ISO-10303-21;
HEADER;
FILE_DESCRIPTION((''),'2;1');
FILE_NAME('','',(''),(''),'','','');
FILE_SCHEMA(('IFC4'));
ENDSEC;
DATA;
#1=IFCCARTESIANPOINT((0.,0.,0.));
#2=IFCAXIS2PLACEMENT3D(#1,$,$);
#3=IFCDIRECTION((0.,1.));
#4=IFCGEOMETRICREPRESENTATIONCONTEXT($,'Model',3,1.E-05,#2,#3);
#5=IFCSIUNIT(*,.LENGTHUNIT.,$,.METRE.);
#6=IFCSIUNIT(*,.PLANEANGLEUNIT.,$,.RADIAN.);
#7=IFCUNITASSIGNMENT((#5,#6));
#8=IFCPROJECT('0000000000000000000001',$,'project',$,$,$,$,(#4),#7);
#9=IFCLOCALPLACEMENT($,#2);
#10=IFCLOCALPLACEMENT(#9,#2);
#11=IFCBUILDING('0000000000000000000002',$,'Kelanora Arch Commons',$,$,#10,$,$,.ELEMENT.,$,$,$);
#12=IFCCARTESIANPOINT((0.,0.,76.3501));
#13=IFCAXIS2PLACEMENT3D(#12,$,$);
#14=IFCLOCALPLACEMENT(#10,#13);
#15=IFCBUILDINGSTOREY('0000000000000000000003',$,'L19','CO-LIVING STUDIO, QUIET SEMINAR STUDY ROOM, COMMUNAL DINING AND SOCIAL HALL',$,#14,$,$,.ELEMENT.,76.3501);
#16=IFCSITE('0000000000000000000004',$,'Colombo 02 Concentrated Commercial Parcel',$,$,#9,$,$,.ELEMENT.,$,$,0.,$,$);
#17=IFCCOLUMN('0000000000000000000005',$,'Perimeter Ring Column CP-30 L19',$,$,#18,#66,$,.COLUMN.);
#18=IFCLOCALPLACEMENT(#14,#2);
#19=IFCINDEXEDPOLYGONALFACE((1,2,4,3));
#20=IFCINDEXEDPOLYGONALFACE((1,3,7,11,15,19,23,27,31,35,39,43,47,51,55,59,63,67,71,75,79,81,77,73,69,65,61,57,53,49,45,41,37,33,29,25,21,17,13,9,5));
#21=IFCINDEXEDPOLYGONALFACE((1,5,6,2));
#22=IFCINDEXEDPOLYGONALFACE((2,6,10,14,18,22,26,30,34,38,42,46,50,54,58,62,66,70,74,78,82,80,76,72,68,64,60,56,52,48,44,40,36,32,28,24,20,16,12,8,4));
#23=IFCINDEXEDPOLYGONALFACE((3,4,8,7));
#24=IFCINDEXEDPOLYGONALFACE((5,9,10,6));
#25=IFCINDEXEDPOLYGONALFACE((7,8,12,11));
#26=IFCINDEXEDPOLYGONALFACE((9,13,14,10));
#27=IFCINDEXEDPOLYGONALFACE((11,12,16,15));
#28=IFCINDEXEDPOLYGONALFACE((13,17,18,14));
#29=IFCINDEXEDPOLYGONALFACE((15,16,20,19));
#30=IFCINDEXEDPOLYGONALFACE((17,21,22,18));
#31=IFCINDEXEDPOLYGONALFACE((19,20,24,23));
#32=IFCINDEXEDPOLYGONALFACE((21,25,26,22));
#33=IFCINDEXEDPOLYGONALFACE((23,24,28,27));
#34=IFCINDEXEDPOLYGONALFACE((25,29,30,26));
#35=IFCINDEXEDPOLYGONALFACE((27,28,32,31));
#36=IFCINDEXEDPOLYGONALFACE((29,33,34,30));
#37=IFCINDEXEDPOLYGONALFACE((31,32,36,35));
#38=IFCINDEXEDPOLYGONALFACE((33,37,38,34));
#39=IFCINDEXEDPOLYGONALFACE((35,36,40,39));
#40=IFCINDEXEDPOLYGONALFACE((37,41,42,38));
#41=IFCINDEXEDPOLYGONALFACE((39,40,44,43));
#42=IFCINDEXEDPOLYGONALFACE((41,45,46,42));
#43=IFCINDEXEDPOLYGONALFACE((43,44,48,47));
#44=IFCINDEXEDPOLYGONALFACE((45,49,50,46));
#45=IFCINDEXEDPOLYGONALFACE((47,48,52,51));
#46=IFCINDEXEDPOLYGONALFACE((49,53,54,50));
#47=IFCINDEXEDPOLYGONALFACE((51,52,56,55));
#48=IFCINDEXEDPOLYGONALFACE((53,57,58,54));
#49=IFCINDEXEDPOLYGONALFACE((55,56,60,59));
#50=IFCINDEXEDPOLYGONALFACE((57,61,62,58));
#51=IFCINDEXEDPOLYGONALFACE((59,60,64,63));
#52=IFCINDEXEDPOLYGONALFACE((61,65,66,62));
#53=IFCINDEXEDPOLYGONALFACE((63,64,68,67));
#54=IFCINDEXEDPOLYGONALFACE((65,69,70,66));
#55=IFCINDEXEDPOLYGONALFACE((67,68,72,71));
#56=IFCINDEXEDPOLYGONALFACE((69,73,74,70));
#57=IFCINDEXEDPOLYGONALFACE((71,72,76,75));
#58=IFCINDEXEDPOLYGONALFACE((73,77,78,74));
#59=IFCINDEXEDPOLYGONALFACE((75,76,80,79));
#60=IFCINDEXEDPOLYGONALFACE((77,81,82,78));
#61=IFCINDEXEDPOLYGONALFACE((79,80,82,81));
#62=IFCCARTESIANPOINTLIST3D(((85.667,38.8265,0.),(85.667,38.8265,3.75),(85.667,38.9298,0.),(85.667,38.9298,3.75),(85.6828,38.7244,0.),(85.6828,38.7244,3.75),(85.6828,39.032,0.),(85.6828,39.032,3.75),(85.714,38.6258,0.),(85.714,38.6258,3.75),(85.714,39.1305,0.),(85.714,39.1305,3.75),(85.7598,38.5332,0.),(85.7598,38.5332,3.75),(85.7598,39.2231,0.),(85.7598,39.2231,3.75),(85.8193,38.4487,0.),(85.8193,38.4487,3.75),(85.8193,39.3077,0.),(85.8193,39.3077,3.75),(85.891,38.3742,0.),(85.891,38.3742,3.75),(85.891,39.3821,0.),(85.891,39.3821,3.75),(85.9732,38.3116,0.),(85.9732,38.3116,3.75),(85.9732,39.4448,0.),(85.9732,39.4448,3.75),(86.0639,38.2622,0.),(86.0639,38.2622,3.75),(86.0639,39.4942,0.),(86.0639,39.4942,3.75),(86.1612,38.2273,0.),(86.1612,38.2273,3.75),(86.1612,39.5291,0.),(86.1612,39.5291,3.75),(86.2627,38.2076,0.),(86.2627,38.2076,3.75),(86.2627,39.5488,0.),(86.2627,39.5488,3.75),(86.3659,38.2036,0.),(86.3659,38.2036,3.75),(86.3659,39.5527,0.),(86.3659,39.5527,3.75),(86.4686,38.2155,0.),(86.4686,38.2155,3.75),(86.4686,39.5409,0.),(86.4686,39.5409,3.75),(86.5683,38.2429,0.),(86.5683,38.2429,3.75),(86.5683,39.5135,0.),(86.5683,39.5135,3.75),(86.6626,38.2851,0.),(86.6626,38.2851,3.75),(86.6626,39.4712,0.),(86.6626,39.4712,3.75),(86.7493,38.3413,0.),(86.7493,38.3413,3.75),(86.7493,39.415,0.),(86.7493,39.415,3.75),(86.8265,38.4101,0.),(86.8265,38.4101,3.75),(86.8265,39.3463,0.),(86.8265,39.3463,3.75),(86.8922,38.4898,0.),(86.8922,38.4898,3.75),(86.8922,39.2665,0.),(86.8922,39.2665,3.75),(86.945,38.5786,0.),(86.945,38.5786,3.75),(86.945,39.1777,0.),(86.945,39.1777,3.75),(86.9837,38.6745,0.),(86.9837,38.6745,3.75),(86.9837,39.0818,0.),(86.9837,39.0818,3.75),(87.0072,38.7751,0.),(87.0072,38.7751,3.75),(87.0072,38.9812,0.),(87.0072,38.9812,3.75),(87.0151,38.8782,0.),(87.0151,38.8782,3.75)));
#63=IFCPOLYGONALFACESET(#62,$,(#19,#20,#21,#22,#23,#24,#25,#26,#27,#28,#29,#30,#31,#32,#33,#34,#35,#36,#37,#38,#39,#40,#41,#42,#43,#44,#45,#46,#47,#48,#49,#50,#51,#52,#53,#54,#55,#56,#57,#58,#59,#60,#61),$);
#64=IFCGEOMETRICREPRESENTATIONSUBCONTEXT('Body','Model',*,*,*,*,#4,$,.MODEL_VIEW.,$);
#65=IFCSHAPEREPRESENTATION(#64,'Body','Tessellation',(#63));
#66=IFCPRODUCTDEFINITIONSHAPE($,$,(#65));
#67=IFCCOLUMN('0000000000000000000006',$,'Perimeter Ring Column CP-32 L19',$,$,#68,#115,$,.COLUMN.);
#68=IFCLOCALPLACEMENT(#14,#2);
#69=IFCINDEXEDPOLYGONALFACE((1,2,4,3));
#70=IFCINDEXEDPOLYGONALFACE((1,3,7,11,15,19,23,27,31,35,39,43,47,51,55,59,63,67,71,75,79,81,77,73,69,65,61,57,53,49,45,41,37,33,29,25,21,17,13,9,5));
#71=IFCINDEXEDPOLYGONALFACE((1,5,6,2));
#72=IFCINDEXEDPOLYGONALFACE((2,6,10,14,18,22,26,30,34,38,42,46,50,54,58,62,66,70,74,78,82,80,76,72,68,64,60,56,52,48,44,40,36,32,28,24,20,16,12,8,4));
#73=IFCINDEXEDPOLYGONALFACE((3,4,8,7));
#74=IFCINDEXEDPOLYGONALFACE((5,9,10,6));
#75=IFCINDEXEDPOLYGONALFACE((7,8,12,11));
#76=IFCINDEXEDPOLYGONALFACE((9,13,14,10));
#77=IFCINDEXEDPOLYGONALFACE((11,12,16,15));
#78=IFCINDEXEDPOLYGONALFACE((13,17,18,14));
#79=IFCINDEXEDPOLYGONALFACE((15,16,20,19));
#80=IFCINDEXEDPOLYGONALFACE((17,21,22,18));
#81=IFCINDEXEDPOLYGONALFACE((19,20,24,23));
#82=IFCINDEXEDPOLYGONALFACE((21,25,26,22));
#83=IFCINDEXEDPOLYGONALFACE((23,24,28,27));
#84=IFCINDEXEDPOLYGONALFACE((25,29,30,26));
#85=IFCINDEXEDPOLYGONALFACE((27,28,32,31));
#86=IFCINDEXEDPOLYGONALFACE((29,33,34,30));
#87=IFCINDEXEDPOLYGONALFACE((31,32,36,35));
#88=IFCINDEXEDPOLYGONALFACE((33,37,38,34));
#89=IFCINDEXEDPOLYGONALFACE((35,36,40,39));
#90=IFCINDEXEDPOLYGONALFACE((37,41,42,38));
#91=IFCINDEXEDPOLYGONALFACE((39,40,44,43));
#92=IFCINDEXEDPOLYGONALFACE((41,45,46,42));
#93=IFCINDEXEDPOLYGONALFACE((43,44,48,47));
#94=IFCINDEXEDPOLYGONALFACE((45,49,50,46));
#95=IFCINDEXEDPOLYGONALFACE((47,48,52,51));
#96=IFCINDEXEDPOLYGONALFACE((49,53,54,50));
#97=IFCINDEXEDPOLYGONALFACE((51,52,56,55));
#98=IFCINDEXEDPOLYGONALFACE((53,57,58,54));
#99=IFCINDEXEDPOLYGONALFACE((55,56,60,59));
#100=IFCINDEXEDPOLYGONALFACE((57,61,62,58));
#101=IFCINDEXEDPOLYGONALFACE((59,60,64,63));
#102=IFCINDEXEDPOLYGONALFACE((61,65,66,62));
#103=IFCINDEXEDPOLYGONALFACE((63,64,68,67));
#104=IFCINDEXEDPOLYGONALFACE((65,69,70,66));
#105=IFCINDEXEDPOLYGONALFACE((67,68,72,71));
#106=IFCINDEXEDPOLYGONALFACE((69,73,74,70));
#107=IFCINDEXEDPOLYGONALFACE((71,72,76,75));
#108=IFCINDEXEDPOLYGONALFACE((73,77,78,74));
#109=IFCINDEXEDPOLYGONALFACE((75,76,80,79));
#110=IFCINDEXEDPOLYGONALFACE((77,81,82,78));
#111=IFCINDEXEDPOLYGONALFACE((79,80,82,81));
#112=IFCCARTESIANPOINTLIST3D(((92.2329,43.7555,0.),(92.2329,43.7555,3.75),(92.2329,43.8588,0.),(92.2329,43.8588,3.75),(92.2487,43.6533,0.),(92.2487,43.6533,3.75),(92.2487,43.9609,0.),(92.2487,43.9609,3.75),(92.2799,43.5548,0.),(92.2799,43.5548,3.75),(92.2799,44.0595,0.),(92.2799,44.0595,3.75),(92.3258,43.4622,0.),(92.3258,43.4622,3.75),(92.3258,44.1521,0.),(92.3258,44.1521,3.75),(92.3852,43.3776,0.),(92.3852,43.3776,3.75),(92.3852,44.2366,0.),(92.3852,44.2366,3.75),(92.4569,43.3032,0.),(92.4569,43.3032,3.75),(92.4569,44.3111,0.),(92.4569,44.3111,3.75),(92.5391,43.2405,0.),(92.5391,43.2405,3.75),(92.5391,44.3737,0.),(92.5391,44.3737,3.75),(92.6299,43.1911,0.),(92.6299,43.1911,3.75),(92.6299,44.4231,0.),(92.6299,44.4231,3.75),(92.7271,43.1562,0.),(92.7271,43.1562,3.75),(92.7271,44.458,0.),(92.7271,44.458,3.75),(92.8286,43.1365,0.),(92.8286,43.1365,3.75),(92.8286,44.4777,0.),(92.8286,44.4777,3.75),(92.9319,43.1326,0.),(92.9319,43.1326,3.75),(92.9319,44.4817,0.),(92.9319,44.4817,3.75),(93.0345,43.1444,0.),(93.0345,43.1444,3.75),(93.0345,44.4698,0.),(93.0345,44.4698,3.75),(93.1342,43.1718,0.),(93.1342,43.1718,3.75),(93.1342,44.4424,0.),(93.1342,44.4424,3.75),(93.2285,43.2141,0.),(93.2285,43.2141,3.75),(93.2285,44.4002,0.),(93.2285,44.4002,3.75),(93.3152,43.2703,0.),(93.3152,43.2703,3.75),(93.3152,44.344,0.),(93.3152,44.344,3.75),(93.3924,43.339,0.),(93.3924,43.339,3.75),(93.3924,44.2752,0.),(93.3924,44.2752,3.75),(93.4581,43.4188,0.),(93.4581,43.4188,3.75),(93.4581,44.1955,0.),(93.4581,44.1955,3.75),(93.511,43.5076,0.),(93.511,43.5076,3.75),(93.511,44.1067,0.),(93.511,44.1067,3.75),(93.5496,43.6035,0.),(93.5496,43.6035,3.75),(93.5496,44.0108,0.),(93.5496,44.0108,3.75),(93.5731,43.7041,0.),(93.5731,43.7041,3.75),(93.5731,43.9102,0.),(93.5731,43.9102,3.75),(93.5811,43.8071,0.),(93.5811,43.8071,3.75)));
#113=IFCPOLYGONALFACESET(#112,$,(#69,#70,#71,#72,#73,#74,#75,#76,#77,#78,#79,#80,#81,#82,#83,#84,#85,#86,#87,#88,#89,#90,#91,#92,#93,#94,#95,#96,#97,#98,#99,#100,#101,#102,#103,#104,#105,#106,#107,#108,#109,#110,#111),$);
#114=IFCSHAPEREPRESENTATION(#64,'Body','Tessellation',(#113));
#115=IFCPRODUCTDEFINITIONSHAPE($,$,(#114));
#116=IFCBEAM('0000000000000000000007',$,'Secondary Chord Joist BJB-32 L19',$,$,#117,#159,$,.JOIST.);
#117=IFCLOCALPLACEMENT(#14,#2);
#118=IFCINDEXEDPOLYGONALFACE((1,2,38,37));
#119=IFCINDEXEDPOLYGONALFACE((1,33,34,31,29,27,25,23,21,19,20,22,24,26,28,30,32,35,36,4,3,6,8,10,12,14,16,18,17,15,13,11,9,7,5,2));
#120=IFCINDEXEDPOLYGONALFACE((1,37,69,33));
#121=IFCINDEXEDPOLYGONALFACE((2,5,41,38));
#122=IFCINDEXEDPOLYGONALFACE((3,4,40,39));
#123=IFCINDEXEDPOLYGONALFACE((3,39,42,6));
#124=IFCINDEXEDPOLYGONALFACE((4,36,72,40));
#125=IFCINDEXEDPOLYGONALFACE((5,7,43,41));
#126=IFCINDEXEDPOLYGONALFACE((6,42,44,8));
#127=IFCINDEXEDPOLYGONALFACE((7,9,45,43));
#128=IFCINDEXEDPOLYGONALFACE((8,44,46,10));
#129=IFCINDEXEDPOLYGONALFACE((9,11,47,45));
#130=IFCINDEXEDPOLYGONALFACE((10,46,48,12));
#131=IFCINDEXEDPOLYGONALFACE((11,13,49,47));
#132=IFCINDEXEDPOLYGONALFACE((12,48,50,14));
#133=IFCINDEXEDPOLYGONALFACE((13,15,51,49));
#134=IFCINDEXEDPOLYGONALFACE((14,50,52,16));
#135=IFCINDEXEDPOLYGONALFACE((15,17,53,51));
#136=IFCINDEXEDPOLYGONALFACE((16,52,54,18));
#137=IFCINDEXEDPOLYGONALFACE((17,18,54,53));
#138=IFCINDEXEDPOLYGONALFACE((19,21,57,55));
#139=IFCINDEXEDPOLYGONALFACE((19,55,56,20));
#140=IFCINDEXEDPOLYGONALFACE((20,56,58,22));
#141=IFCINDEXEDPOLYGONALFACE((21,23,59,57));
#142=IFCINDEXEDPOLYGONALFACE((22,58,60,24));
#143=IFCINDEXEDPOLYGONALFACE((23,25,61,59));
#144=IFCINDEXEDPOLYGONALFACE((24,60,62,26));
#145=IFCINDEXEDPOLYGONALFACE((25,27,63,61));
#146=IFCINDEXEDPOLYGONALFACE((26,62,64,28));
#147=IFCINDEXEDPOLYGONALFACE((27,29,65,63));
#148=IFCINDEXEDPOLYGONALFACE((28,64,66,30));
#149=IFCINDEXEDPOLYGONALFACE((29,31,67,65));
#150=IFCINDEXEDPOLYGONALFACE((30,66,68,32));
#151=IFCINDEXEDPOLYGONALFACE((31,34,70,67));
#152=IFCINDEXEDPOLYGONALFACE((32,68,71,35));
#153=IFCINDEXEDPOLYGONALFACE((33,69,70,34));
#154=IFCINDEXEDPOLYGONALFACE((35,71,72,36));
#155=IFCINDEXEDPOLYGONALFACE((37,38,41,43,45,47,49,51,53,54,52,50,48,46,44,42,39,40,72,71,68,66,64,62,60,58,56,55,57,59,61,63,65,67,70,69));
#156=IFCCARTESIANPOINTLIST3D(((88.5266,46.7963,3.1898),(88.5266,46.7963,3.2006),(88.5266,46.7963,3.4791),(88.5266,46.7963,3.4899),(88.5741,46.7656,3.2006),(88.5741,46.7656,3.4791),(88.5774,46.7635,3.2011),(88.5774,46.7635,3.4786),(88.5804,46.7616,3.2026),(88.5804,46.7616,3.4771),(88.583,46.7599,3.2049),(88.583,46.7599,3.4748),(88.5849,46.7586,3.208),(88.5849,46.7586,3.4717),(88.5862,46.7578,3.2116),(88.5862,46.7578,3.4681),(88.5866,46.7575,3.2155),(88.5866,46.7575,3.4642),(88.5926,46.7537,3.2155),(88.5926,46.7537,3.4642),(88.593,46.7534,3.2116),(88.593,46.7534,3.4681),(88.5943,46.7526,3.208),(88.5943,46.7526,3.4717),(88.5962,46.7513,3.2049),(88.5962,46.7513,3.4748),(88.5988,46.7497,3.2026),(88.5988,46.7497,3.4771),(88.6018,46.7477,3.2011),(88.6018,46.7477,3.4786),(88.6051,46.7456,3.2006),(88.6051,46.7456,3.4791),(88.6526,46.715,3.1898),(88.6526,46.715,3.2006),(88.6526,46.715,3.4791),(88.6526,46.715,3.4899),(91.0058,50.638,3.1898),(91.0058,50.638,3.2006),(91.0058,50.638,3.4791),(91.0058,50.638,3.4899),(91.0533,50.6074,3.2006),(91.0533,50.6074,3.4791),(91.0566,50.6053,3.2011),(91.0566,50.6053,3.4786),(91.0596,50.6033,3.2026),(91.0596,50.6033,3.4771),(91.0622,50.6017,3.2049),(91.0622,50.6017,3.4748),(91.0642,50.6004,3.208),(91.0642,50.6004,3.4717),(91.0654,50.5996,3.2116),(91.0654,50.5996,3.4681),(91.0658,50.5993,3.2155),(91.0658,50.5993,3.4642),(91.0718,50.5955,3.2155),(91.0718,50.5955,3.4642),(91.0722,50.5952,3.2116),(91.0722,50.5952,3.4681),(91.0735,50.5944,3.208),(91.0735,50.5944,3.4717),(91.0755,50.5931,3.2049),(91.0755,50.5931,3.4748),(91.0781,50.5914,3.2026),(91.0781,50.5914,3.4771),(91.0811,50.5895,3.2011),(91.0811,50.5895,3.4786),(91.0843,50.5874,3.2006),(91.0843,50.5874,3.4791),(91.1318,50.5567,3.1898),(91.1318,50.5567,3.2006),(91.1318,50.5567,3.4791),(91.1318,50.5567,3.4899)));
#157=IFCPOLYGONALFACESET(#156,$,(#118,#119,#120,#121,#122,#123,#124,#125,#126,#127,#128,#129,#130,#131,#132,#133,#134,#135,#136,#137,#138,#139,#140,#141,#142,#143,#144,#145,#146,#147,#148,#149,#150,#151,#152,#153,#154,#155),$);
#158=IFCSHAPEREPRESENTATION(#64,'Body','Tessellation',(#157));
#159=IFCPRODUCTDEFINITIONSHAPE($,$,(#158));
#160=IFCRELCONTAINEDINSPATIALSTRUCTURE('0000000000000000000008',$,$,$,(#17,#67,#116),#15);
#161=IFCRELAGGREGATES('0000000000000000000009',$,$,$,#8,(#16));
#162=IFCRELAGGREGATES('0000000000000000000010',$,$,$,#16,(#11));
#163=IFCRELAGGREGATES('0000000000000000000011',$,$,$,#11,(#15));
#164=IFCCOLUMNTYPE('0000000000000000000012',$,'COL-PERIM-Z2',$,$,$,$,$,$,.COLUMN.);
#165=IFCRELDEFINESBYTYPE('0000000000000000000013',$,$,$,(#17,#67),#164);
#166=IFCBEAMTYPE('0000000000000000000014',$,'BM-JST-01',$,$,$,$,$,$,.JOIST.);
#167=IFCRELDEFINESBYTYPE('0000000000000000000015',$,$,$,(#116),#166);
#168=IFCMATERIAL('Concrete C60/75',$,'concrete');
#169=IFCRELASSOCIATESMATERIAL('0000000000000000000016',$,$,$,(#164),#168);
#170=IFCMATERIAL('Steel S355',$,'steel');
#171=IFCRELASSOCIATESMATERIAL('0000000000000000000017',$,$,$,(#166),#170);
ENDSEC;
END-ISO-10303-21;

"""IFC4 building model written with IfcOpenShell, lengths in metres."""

from ifc_helpers import new_model, si_unit, direction, frame, origin, origin_2d, place, context, subcontext, project, spatial, circle, i_section, extrude, material, material_profile, profile_set, type_object, element, save


model = new_model("IFC4")

# Units and contexts
model_context = context("Model", 3, precision=1e-05, world=origin(), true_north=direction((0.0, 1.0)))
body_context = subcontext(model_context, "Body", "Model", "MODEL_VIEW")
ifc_project = project(units=[si_unit("LENGTHUNIT", "METRE"), si_unit("PLANEANGLEUNIT", "RADIAN")], contexts=[model_context])

# Site, building, storey
site_placement = place(None, origin())
site = spatial("IfcSite", under=ifc_project, at=site_placement, Name="Colombo 02 Concentrated Commercial Parcel", CompositionType="ELEMENT", RefElevation=0.0)
building_placement = place(site_placement, origin())
building = spatial("IfcBuilding", under=site, at=building_placement, Name="Kelanora Arch Commons", CompositionType="ELEMENT")
storey_placement = place(building_placement, frame((0.0, 0.0, 76.3501)))
storey = spatial("IfcBuildingStorey", under=building, at=storey_placement, Name="L19", Description="CO-LIVING STUDIO, QUIET SEMINAR STUDY ROOM, COMMUNAL DINING AND SOCIAL HALL", CompositionType="ELEMENT", Elevation=76.3501)

# Columns
ifc_material_1 = material(Name="Concrete C60/75", Category="concrete")
ifc_material_profile_1 = material_profile(ifc_material_1, circle(Radius=0.675, at=origin_2d()), Name="RCC1350")
ifc_profile_set_1 = profile_set([ifc_material_profile_1], Name="Concrete C60/75")
column_type = type_object("IfcColumnType", Name="COL-PERIM-Z2", PredefinedType="COLUMN", material=ifc_profile_set_1)
for number, where, z_axis, x_axis, name in (
    (1, (86.3401, 38.8782, 0.0), (0.0, 0.0, 1.0), (1.0, 0.0, 0.0), "Perimeter Ring Column CP-30 L19"),
    (2, (92.906, 43.8071, 0.0), (0.0, 0.0, 1.0), (1.0, 0.0, 0.0), "Perimeter Ring Column CP-32 L19"),
):
    element("IfcColumn", number, at=place(storey_placement, frame(where, z_axis=z_axis, x_axis=x_axis)), inside=storey, type_object=column_type, Name=name, PredefinedType="COLUMN", context=body_context, shape_type="SweptSolid", body=[
        extrude(circle(Radius=0.675, at=origin_2d()), origin(), (0.0, 0.0, 1.0), 3.75),
    ])

# Beam
ifc_material_2 = material(Name="Steel S355", Category="steel")
ifc_material_profile_2 = material_profile(ifc_material_2, i_section(OverallWidth=0.1499, OverallDepth=0.3, WebThickness=0.0071, FlangeThickness=0.0107, FilletRadius=0.0149, at=origin_2d()), Name="IPE300")
ifc_profile_set_2 = profile_set([ifc_material_profile_2], Name="Steel S355")
beam_type_1 = type_object("IfcBeamType", Name="BM-JST-01", PredefinedType="JOIST", material=ifc_profile_set_2)
beam_1_placement = place(storey_placement, frame((88.5896, 46.7556, 3.3398), z_axis=(0.54223, 0.84023, 0.0), x_axis=(-0.84023, 0.54223, 0.0)))
element("IfcBeam", 3, at=beam_1_placement, inside=storey, type_object=beam_type_1, Name="Secondary Chord Joist BJB-32 L19", PredefinedType="JOIST", context=body_context, shape_type="SweptSolid", body=[
    extrude(i_section(OverallWidth=0.1499, OverallDepth=0.3, WebThickness=0.0071, FlangeThickness=0.0107, FilletRadius=0.0149, at=origin_2d()), origin(), (0.0, 0.0, 1.0), 4.5723),
])

save(model, "model.ifc")
